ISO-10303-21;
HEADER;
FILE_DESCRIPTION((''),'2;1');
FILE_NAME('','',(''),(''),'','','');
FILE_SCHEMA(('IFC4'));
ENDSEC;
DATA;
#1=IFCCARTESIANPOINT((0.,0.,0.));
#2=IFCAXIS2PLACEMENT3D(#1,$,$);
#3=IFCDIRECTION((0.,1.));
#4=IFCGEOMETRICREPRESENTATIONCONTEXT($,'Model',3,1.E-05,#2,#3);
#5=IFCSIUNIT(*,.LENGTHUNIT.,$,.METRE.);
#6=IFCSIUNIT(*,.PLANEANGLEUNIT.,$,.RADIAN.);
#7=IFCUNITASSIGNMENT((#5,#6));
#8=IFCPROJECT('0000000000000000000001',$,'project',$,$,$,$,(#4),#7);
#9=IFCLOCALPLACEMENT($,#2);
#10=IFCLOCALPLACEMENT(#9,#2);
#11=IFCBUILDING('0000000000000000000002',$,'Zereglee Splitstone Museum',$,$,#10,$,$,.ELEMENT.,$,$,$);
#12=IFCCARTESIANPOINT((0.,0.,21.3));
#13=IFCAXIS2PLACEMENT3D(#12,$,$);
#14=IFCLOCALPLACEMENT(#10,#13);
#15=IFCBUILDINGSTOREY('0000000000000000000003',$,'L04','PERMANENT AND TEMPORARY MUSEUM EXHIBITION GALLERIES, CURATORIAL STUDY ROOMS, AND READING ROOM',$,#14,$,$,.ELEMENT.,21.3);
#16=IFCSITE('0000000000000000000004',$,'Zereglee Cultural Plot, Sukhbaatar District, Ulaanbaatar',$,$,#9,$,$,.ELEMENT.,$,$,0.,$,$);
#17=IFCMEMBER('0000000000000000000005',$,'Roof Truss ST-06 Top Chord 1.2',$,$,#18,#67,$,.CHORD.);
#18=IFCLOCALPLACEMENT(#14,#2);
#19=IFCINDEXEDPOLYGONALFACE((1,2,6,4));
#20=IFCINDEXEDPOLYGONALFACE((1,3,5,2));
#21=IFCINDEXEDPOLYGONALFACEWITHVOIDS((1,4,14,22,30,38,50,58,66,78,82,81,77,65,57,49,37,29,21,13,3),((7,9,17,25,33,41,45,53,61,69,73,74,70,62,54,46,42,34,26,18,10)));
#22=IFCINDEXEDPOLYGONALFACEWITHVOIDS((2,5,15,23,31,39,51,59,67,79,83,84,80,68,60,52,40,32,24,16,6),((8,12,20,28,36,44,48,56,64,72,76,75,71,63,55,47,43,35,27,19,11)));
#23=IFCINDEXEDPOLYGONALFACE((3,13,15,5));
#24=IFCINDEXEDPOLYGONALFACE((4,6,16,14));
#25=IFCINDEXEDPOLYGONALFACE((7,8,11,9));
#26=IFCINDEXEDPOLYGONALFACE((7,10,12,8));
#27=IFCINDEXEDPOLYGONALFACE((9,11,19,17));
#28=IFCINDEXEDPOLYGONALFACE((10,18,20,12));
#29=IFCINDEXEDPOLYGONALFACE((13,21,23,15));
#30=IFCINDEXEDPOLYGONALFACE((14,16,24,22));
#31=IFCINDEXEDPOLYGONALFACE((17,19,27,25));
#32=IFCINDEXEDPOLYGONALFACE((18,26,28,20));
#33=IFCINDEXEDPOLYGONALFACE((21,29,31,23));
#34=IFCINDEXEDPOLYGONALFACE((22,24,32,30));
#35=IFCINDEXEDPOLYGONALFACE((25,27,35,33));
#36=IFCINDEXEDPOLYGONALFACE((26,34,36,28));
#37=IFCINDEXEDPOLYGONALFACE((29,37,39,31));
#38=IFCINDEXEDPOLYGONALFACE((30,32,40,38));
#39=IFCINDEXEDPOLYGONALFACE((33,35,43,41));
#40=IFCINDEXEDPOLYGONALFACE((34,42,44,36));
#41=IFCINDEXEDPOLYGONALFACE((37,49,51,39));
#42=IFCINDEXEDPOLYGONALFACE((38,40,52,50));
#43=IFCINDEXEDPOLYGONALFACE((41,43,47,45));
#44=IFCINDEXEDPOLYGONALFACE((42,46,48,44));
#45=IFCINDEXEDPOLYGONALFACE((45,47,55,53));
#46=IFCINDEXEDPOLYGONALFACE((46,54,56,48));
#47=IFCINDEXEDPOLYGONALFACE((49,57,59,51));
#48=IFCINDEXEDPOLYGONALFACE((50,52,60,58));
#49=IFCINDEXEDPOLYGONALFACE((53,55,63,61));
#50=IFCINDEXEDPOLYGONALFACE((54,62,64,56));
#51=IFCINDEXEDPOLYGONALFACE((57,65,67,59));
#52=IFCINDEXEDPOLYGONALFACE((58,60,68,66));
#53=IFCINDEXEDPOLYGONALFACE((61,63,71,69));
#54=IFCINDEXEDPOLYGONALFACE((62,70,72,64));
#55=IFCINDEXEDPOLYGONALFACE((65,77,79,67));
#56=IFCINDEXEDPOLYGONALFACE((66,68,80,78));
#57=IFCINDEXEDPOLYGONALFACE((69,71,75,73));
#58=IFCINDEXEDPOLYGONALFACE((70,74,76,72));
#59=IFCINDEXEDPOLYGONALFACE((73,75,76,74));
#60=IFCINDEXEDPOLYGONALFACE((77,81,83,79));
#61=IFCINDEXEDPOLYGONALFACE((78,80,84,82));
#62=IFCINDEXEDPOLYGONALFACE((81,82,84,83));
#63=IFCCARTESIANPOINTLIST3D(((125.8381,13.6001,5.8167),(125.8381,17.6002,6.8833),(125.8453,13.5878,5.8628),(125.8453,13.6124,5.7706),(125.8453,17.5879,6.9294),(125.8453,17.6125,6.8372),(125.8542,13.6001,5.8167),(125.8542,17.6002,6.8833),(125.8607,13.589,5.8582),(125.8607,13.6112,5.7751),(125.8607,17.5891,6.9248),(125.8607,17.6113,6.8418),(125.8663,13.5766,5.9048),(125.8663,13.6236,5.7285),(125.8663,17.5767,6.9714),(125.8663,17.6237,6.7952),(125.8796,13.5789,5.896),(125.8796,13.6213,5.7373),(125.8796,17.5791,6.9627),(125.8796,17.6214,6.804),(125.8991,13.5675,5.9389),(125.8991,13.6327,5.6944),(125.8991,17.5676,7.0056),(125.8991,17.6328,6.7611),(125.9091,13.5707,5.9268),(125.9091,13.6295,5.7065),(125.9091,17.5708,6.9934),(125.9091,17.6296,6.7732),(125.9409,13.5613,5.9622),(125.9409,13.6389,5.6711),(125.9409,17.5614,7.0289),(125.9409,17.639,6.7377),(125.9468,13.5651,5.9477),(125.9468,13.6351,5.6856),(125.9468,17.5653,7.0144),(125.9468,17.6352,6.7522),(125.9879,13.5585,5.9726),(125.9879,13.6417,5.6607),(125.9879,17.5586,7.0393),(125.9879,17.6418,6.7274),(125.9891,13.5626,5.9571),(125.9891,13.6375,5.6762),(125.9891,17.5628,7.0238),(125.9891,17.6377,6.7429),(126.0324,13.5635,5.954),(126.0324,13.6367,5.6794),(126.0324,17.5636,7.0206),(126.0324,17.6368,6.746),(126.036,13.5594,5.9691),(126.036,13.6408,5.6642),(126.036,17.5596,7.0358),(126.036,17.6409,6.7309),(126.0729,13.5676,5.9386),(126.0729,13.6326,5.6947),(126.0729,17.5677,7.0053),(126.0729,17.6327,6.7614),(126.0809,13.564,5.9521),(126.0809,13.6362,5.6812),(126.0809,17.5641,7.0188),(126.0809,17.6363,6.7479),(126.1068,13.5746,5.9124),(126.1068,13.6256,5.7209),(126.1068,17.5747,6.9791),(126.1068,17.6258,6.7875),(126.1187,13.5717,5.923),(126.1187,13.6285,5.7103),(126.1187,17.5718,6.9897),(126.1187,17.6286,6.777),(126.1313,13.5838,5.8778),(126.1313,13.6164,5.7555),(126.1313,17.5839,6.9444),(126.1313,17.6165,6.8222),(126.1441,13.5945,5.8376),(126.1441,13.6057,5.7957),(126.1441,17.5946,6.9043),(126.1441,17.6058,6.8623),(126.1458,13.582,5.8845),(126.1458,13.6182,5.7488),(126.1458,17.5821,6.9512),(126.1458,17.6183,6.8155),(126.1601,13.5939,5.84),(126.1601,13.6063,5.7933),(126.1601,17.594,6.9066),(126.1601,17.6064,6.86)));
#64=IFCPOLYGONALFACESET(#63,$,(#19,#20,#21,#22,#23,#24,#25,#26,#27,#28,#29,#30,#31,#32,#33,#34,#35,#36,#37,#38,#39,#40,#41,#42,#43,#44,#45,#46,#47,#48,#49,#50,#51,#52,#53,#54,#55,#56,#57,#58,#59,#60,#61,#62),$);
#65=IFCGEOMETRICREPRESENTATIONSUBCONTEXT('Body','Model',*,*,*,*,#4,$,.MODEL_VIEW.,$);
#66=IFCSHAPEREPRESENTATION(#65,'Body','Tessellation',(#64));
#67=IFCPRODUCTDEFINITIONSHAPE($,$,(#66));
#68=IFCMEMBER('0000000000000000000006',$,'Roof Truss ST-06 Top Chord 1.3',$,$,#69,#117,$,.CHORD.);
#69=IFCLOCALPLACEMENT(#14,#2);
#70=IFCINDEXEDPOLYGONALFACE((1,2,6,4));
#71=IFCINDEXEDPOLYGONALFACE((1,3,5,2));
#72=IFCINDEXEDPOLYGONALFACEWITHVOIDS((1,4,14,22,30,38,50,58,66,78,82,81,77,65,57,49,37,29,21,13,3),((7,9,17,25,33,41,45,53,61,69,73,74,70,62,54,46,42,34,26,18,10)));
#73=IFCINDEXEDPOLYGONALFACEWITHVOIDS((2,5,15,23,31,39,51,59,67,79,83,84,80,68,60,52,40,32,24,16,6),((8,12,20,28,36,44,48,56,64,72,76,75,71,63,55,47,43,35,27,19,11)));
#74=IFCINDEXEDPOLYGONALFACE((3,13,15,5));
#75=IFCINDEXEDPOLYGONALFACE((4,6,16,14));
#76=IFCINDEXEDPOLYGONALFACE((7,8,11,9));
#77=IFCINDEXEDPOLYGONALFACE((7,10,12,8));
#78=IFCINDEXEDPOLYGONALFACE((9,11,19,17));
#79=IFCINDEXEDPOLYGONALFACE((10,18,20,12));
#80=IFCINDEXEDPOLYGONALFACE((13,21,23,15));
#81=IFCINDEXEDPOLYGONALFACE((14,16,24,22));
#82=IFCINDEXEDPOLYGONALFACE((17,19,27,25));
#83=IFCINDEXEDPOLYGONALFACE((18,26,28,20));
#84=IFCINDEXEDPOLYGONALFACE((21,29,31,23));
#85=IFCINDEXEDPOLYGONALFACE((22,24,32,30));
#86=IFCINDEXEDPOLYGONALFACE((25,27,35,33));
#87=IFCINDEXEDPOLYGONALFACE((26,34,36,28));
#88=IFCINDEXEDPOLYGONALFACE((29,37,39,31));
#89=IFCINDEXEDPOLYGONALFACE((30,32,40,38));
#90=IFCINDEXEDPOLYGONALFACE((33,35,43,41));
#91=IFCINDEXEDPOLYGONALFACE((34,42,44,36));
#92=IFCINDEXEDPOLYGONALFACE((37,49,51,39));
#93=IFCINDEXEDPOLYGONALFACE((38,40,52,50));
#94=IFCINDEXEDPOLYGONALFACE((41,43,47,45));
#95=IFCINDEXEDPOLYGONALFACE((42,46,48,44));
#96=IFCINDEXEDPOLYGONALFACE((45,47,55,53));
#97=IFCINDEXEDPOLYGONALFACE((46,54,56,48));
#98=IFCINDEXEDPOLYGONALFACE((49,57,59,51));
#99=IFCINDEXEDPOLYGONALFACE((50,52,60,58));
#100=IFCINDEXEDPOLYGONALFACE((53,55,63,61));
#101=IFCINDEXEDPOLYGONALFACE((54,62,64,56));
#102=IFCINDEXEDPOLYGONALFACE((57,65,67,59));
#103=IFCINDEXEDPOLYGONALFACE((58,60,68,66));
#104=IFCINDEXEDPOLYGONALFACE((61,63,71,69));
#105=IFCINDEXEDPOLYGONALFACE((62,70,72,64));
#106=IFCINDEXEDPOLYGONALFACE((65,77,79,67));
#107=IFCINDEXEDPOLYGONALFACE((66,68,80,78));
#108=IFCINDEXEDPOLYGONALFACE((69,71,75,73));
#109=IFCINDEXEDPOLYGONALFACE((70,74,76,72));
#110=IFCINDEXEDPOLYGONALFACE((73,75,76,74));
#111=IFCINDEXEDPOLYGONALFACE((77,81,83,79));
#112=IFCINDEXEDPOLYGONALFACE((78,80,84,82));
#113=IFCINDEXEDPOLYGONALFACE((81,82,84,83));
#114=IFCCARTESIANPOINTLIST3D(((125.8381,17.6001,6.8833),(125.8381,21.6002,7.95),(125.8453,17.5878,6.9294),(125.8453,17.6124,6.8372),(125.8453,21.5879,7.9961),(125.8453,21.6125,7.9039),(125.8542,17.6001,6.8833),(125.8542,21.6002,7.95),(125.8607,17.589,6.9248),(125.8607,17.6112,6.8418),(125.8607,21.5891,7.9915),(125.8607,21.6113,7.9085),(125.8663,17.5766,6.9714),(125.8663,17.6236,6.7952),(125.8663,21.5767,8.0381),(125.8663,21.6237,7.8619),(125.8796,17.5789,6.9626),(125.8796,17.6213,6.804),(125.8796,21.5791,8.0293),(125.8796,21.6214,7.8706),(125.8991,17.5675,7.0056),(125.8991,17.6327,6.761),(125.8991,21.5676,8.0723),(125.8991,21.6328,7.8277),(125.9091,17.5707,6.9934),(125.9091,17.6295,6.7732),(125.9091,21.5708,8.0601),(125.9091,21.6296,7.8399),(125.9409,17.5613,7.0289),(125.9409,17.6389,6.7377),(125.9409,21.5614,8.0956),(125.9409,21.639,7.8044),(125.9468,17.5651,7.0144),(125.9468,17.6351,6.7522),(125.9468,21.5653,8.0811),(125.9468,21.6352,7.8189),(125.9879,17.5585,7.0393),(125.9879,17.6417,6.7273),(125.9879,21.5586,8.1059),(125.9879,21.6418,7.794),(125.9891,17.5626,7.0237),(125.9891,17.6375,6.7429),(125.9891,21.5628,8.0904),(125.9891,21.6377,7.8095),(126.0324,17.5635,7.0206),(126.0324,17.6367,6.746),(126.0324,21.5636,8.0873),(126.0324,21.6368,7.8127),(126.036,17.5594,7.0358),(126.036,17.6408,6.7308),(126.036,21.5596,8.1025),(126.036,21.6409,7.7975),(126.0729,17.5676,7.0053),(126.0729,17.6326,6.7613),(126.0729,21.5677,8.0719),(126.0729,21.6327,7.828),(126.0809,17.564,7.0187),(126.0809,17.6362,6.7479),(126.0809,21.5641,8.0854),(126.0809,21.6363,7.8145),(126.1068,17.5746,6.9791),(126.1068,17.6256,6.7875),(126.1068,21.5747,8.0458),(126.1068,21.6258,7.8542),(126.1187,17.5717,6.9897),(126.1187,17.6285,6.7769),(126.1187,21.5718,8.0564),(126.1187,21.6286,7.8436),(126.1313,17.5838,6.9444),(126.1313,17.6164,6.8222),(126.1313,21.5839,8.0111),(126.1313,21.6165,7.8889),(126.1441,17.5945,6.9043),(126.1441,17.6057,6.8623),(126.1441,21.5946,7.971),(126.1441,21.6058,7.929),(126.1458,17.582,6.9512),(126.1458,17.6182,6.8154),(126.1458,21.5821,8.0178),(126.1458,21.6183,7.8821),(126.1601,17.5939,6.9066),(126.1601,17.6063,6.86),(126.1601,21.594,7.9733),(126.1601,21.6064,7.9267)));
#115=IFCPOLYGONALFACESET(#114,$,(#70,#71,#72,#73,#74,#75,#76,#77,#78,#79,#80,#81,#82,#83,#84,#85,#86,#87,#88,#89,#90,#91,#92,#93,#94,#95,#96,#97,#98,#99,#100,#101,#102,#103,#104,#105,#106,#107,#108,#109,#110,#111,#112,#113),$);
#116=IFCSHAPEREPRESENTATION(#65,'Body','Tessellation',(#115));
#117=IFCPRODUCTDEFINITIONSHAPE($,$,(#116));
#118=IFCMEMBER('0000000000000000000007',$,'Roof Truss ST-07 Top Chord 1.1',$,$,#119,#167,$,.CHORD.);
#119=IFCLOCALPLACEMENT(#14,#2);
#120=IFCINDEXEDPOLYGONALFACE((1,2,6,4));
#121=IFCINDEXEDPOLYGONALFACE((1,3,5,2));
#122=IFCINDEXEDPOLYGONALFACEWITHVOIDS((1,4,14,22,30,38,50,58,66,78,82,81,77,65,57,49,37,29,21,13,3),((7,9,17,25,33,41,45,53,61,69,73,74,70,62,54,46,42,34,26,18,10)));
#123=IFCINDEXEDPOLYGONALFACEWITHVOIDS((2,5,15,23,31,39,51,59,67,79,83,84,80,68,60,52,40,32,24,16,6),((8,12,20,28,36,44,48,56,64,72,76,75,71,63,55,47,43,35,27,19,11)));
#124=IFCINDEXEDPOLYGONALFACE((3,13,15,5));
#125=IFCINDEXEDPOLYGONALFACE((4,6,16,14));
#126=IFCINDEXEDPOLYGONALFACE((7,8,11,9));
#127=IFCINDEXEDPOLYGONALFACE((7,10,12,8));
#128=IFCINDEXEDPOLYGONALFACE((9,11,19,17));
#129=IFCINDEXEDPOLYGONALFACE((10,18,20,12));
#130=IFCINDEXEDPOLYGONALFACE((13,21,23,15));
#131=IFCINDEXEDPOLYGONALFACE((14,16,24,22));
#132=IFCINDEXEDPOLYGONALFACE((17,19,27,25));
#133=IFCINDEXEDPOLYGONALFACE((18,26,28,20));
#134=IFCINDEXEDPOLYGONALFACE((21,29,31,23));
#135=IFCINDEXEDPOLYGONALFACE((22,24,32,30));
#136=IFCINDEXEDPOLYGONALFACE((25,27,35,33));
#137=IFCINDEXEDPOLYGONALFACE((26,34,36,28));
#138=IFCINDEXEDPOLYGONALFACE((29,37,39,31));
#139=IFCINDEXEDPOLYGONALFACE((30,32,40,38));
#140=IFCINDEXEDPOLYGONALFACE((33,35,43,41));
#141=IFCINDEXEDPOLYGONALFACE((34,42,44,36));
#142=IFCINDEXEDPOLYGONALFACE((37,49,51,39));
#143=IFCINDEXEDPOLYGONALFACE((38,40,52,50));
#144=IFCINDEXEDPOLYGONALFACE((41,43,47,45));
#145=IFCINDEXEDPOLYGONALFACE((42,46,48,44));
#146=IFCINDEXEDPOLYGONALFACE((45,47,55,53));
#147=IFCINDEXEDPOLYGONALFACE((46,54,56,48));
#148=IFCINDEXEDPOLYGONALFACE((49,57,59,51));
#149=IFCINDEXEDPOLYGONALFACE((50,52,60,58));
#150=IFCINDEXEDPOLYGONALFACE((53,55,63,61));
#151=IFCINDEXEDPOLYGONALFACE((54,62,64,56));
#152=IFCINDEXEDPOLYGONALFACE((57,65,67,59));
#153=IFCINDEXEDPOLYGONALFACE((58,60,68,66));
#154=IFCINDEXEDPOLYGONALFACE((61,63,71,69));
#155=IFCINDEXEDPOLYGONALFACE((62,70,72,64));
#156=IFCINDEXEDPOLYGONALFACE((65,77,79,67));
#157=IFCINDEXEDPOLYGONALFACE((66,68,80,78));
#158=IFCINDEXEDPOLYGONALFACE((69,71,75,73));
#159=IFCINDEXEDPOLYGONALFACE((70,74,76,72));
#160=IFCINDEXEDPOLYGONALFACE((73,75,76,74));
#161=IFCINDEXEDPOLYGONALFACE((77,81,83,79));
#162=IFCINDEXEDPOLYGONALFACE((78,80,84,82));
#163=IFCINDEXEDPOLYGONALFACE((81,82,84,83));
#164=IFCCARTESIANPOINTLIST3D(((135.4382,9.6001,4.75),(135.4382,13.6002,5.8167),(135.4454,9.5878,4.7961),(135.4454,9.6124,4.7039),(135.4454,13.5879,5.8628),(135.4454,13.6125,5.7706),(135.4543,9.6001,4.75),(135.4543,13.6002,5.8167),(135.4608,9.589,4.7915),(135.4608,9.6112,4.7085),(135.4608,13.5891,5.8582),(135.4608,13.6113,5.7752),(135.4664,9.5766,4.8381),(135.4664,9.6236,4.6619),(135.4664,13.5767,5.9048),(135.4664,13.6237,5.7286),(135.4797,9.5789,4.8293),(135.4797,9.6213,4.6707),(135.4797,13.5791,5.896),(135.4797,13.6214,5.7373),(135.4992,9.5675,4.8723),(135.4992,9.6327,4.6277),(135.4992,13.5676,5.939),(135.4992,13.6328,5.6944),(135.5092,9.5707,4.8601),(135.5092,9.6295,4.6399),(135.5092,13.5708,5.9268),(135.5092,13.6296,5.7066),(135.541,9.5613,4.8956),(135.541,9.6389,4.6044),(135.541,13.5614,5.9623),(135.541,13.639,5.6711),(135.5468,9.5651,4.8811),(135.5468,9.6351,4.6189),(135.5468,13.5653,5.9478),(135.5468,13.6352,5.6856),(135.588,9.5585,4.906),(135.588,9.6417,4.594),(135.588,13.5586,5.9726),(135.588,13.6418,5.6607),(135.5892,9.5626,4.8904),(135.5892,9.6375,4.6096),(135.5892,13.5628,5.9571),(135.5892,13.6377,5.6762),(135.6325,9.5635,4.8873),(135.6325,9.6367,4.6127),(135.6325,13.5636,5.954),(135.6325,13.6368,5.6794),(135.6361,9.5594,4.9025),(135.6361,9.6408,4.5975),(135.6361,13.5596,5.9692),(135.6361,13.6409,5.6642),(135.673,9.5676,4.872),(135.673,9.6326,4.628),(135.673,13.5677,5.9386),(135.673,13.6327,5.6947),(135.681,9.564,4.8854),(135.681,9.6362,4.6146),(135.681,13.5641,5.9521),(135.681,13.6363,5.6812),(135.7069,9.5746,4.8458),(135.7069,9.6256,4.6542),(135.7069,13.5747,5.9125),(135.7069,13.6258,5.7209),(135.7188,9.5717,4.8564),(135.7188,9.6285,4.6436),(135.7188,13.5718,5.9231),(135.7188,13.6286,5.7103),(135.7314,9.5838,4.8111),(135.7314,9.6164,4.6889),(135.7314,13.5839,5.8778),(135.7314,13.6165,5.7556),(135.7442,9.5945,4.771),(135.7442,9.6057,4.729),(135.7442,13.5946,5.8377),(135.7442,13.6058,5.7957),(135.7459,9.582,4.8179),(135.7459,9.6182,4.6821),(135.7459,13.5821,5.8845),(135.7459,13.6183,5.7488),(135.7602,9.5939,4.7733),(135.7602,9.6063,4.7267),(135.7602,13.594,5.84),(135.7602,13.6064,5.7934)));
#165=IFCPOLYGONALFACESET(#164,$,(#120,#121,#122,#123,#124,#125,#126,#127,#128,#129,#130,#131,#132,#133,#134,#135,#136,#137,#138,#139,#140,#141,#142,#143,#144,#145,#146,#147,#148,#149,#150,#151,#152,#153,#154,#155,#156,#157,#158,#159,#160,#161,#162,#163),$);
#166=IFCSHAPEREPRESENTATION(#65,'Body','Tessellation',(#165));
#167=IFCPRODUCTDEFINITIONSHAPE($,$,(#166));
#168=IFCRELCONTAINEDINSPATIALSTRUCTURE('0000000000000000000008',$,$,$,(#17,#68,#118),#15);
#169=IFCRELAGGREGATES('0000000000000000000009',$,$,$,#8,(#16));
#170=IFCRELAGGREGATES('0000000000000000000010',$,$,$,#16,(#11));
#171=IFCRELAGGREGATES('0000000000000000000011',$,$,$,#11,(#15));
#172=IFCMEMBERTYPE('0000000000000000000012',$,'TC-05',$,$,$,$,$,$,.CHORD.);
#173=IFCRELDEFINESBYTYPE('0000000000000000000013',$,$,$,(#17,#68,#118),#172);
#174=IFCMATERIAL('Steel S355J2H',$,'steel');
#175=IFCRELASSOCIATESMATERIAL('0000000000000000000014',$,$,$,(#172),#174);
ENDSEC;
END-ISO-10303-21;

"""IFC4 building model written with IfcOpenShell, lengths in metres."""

from ifc_helpers import new_model, si_unit, direction, frame, origin, origin_2d, place, context, subcontext, project, spatial, hollow_circle, extrude, material, material_profile, profile_set, type_object, element, save


model = new_model("IFC4")

# Units and contexts
model_context = context("Model", 3, precision=1e-05, world=origin(), true_north=direction((0.0, 1.0)))
body_context = subcontext(model_context, "Body", "Model", "MODEL_VIEW")
ifc_project = project(units=[si_unit("LENGTHUNIT", "METRE"), si_unit("PLANEANGLEUNIT", "RADIAN")], contexts=[model_context])

# Site, building, storey
site_placement = place(None, origin())
site = spatial("IfcSite", under=ifc_project, at=site_placement, Name="Zereglee Cultural Plot, Sukhbaatar District, Ulaanbaatar", CompositionType="ELEMENT", RefElevation=0.0)
building_placement = place(site_placement, origin())
building = spatial("IfcBuilding", under=site, at=building_placement, Name="Zereglee Splitstone Museum", CompositionType="ELEMENT")
storey_placement = place(building_placement, frame((0.0, 0.0, 21.3)))
storey = spatial("IfcBuildingStorey", under=building, at=storey_placement, Name="L04", Description="PERMANENT AND TEMPORARY MUSEUM EXHIBITION GALLERIES, CURATORIAL STUDY ROOMS, AND READING ROOM", CompositionType="ELEMENT", Elevation=21.3)

# Members
ifc_material_1 = material(Name="Steel S355J2H", Category="steel")
ifc_material_profile_1 = material_profile(ifc_material_1, hollow_circle(Radius=0.1619, WallThickness=0.0161, at=origin_2d()), Name="CHS 323.9x16")
ifc_profile_set_1 = profile_set([ifc_material_profile_1], Name="Steel S355J2H")
member_type_1 = type_object("IfcMemberType", Name="TC-05", PredefinedType="CHORD", material=ifc_profile_set_1)
for number, where, z_axis, x_axis, name in (
    (1, (126.0, 13.6001, 5.8167), (0.0, 0.966236, 0.257659), (-1.0, 0.0, 0.0), "Roof Truss ST-06 Top Chord 1.2"),
    (2, (126.0, 17.6001, 6.8833), (0.0, 0.966236, 0.257659), (-1.0, 0.0, 0.0), "Roof Truss ST-06 Top Chord 1.3"),
    (3, (135.6001, 9.6001, 4.75), (0.0, 0.966236, 0.257659), (-1.0, 0.0, 0.0), "Roof Truss ST-07 Top Chord 1.1"),
):
    element("IfcMember", number, at=place(storey_placement, frame(where, z_axis=z_axis, x_axis=x_axis)), inside=storey, type_object=member_type_1, Name=name, PredefinedType="CHORD", context=body_context, shape_type="SweptSolid", body=[
        extrude(hollow_circle(Radius=0.1619, WallThickness=0.0161, at=origin_2d()), origin(), (0.0, 0.0, 1.0), 4.1399),
    ])

save(model, "model.ifc")
